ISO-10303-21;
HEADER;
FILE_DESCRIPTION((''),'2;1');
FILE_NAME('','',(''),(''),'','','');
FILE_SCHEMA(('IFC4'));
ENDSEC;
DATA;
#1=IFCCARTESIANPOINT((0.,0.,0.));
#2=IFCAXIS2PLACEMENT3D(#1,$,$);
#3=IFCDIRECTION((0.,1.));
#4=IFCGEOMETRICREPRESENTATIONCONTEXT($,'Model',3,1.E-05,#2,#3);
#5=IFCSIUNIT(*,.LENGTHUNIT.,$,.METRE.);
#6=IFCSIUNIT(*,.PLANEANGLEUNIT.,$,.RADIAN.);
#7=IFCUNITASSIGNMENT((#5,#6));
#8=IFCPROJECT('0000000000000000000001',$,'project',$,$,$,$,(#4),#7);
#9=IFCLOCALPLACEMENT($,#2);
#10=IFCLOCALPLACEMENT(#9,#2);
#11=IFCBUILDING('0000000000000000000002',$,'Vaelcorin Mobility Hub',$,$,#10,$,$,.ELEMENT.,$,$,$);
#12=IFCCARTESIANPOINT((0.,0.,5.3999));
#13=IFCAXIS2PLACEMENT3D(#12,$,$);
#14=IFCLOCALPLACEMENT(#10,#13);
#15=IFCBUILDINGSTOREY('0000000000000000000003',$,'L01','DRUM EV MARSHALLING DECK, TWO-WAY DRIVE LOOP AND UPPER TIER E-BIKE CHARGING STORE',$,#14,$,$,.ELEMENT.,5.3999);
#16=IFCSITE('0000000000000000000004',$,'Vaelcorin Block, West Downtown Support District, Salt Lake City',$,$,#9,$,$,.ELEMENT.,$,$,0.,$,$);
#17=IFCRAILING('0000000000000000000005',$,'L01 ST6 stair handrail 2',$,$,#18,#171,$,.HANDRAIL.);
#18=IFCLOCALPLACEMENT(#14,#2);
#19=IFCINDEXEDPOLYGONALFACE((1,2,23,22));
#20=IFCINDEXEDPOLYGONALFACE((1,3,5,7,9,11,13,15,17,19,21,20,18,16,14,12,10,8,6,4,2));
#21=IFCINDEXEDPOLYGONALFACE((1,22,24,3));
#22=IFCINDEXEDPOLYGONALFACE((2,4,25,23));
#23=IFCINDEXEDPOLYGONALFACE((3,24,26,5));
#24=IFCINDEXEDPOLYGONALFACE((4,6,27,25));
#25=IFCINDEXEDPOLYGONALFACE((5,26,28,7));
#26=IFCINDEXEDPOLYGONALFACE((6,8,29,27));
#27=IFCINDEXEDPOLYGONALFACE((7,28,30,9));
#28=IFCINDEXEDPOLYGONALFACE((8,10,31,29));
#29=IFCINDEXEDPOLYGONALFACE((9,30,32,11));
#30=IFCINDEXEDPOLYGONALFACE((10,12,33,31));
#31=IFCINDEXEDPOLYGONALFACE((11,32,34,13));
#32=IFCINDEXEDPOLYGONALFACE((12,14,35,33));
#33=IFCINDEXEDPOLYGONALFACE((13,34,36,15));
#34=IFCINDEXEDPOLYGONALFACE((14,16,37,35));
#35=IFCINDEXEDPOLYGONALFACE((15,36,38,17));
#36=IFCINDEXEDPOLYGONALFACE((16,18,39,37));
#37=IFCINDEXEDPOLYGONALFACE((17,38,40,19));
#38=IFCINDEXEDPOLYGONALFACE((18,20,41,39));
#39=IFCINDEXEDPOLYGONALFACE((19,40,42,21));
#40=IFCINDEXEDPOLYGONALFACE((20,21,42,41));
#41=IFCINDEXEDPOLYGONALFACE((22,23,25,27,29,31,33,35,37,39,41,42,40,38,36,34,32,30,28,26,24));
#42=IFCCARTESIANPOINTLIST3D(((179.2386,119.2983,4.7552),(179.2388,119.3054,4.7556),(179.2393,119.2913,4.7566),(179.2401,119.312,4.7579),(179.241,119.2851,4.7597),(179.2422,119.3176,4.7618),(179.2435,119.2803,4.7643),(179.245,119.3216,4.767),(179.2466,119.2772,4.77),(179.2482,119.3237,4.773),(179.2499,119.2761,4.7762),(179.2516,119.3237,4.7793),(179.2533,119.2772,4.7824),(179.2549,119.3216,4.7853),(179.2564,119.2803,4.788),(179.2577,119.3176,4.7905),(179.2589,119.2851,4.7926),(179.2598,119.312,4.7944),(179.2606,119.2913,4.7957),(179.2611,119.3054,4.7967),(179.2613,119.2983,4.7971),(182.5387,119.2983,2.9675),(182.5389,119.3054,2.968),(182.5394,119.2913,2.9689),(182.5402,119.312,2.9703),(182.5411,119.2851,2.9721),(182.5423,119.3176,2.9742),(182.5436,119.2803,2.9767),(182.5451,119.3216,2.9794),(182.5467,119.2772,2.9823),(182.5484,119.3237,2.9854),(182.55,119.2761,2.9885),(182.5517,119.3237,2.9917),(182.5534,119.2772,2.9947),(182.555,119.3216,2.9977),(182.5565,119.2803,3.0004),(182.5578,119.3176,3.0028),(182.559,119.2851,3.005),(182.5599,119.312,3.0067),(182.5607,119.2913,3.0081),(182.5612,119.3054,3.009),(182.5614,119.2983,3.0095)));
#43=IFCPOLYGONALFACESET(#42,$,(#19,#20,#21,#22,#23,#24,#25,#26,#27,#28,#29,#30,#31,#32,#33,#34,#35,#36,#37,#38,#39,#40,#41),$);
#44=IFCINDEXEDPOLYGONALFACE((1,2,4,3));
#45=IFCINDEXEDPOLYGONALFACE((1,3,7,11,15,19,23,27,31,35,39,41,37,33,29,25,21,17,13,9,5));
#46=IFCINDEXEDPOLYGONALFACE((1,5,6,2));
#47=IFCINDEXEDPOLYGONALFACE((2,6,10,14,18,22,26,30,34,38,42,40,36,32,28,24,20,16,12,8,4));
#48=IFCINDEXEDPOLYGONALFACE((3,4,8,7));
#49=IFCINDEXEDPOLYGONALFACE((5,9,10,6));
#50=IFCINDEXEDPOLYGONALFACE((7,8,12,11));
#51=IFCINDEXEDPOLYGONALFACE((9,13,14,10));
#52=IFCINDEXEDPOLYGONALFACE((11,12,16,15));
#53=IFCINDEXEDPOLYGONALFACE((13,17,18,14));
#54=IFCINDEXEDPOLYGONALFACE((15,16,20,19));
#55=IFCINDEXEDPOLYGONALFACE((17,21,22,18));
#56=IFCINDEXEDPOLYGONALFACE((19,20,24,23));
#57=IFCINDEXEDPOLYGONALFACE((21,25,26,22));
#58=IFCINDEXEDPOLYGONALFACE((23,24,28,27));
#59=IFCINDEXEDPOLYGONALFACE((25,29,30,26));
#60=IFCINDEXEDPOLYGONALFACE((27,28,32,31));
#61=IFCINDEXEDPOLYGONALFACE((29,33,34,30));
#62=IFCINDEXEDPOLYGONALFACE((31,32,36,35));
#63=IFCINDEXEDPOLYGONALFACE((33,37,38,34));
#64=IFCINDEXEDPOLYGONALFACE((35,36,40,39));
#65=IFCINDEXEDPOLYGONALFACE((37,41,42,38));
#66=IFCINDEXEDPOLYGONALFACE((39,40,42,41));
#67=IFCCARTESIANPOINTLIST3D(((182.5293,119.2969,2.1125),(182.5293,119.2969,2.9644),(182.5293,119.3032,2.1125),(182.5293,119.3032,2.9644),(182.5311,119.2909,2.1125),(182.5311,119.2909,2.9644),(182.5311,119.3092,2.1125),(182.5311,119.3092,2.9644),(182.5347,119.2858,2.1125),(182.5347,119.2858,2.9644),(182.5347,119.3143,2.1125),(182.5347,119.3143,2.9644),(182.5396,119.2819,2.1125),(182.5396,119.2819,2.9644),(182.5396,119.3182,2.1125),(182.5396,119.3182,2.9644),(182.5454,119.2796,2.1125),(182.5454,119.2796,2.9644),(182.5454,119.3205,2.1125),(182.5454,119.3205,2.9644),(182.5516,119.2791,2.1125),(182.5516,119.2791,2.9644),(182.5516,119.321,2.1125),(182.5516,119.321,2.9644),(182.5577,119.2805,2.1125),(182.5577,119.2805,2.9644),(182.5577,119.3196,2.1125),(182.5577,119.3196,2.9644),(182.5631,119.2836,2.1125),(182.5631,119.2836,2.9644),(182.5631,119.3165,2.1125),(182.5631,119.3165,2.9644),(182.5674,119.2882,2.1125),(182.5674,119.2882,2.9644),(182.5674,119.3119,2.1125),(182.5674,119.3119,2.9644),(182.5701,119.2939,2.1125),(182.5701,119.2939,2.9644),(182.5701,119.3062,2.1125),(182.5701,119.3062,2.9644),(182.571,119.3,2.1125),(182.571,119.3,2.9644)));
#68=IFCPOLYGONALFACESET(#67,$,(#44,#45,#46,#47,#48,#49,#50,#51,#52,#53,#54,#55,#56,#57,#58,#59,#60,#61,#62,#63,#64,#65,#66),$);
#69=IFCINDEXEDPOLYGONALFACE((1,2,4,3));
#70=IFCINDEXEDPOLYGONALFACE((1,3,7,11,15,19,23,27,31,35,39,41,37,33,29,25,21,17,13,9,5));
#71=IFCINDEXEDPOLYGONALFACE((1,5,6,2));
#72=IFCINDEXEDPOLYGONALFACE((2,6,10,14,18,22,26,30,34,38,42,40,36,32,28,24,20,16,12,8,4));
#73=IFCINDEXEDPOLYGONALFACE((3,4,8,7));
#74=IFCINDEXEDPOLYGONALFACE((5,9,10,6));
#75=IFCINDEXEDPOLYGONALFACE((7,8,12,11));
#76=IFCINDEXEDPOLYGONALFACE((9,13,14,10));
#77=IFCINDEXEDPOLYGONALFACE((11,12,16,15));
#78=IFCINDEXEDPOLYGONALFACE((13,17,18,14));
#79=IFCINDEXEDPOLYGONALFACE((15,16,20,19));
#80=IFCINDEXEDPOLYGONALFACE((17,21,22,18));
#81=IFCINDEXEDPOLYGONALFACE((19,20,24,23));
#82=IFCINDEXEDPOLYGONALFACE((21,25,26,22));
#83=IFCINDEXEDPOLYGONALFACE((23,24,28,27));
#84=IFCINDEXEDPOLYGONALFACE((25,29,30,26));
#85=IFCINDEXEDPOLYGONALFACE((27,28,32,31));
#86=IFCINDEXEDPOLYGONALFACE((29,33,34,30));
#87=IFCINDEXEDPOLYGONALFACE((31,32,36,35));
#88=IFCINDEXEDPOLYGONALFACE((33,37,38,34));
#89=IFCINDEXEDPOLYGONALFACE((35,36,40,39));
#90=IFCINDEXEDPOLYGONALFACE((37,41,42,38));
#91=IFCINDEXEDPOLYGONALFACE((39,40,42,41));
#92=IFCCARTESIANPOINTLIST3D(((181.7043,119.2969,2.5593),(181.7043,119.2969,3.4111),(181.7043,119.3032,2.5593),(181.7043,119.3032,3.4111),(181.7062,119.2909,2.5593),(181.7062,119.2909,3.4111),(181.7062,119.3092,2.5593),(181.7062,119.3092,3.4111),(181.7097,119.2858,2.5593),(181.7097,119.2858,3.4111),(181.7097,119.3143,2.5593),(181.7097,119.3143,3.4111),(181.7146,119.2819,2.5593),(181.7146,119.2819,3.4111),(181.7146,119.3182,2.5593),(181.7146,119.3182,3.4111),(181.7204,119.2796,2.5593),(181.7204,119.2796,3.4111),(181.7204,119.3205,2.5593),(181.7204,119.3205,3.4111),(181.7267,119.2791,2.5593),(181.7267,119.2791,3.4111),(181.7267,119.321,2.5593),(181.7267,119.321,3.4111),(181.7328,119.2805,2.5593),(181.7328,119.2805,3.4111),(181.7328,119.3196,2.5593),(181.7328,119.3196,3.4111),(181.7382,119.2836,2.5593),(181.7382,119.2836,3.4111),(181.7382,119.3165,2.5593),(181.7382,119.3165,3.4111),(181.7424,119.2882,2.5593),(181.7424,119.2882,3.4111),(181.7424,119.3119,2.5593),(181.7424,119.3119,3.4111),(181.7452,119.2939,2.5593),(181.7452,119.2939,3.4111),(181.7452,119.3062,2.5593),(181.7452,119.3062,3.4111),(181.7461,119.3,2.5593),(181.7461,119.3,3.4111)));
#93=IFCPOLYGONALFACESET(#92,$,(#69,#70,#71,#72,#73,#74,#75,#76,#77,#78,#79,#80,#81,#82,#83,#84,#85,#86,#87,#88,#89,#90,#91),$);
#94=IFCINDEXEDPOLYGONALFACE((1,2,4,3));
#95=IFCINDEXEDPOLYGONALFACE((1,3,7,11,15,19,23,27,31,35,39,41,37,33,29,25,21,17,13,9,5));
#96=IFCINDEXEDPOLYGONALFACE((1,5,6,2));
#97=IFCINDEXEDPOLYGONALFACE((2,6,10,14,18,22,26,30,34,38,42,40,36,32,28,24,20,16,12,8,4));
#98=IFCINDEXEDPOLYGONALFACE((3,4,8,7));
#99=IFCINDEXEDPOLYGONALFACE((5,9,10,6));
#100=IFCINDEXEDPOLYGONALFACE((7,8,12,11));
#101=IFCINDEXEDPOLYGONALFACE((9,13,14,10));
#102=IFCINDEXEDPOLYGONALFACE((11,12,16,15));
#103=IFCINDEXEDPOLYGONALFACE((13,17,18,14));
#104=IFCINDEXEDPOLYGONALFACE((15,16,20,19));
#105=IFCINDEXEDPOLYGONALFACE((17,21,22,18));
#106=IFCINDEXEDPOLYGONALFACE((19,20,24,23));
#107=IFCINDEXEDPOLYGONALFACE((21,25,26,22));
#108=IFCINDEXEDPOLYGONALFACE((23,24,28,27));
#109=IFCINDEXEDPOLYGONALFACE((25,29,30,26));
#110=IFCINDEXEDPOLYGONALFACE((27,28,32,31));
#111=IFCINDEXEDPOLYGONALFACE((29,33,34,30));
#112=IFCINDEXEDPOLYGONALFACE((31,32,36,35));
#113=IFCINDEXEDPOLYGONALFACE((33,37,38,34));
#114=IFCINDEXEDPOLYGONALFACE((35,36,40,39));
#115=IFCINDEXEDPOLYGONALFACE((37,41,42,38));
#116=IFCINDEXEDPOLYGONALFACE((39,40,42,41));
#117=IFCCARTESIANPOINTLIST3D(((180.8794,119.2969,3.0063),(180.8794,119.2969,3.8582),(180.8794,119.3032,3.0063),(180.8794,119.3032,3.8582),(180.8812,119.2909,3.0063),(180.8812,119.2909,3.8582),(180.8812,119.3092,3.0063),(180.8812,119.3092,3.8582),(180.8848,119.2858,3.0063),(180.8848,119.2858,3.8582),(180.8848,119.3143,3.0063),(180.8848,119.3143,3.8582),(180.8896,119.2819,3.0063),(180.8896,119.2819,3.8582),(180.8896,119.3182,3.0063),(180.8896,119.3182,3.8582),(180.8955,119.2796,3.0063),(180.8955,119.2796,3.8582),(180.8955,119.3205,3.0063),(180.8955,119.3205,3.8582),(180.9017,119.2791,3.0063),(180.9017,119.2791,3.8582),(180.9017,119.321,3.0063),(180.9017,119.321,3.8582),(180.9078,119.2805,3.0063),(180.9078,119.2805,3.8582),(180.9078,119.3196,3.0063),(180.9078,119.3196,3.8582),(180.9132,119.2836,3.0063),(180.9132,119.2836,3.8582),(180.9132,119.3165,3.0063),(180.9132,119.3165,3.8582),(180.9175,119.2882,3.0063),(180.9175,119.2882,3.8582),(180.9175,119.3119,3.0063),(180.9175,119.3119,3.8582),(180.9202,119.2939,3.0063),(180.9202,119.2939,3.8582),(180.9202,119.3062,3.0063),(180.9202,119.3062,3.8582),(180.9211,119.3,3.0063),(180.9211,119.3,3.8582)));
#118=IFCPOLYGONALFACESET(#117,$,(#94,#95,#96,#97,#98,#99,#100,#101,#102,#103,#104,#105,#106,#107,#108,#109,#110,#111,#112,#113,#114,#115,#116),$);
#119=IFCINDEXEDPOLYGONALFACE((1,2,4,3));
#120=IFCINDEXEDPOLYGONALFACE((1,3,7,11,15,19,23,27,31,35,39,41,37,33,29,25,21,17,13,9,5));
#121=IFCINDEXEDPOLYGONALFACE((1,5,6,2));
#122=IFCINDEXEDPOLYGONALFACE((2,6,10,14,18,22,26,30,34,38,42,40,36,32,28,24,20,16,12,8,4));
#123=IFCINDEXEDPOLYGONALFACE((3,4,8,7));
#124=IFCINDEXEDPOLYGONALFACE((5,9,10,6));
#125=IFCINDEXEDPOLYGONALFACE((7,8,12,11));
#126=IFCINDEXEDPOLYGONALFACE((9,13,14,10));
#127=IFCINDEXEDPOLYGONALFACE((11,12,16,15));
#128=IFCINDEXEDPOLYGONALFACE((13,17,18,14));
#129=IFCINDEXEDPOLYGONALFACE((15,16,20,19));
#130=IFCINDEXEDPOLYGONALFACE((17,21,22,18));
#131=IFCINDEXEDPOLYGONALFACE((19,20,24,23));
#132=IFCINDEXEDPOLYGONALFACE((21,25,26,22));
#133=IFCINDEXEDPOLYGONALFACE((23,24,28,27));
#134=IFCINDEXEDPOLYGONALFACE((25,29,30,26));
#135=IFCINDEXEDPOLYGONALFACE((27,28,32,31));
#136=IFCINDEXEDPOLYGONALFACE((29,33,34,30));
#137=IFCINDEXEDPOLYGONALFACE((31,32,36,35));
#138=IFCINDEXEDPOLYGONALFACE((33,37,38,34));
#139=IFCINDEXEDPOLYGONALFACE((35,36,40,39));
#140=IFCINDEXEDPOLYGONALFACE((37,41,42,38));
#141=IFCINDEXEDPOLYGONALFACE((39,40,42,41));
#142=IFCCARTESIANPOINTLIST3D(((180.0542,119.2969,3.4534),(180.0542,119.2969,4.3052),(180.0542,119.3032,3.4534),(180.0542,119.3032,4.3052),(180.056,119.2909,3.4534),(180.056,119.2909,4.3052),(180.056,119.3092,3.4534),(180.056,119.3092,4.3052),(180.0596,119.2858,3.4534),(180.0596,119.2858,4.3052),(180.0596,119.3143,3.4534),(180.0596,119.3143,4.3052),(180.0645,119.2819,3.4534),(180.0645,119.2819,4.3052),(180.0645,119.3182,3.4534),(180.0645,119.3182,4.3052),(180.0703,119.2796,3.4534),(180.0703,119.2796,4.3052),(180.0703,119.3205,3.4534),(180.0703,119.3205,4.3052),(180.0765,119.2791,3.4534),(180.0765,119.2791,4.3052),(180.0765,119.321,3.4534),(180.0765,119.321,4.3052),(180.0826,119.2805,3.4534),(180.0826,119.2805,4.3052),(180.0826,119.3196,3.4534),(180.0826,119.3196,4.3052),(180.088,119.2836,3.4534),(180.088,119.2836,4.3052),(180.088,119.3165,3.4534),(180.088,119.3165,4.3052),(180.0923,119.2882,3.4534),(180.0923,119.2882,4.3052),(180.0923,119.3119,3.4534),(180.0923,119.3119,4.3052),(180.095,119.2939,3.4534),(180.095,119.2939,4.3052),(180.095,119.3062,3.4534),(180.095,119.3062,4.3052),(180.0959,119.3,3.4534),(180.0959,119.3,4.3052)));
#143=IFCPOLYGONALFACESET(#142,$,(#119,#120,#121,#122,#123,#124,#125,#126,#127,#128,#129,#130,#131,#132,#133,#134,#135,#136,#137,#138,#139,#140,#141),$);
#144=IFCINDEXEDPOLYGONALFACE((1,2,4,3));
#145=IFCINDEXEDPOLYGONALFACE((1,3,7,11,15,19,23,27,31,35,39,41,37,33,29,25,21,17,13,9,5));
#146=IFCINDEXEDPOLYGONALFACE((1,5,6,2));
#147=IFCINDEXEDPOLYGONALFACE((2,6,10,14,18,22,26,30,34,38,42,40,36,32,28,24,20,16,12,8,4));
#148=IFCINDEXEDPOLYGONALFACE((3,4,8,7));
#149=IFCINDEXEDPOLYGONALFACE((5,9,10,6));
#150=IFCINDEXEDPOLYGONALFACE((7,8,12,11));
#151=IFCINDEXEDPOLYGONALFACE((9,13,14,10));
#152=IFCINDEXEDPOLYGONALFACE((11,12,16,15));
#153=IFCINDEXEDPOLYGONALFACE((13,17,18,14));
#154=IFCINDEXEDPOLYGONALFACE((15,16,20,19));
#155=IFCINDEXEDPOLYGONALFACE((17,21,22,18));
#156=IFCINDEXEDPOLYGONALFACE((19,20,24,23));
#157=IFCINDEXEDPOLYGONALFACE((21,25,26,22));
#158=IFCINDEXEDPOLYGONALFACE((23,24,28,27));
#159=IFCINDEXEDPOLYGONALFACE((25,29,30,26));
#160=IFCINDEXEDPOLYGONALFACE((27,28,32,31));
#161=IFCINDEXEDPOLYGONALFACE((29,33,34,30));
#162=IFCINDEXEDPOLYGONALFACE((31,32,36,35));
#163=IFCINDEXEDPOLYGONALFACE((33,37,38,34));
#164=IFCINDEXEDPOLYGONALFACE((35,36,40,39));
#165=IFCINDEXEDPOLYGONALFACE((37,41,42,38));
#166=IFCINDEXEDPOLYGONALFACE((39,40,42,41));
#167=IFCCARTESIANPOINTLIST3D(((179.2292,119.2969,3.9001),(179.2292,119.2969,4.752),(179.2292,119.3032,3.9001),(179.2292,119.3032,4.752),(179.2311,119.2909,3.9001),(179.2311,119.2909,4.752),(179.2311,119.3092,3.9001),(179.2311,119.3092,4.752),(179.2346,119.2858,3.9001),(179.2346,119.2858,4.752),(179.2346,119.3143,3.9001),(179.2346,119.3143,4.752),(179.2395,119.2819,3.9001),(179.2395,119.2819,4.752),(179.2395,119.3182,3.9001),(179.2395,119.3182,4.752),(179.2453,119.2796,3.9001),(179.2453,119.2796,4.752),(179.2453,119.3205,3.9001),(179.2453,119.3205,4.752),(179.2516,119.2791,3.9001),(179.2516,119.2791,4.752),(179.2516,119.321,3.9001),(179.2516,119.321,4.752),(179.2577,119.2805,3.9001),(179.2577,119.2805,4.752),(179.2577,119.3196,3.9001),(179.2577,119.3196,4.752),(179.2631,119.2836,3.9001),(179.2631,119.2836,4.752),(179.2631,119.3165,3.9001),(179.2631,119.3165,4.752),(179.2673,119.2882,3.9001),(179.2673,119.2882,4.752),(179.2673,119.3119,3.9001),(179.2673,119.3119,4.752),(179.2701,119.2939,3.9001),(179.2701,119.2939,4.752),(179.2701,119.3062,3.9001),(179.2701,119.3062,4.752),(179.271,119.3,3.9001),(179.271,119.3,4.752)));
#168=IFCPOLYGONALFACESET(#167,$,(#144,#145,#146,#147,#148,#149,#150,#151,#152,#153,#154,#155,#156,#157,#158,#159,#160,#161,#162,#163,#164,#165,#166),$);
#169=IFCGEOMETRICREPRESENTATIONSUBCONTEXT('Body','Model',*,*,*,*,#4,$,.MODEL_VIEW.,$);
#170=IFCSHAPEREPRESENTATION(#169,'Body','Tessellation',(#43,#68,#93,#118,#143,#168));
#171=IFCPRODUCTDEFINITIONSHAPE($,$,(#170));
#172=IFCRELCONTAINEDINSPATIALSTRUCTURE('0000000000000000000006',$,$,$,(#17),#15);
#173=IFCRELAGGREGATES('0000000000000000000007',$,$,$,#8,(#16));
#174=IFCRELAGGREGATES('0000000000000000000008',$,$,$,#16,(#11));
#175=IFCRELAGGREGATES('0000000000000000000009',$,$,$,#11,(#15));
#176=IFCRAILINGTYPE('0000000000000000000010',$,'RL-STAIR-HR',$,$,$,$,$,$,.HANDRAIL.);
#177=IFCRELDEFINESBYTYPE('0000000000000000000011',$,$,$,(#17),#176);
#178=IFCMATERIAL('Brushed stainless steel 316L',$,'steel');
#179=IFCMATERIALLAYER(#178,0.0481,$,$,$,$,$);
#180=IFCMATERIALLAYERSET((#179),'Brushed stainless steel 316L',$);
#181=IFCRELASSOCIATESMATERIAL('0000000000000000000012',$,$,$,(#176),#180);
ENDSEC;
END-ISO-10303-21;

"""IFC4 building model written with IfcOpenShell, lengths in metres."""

from ifc_helpers import new_model, si_unit, direction, frame, origin, origin_2d, place, context, subcontext, project, spatial, circle, extrude, material, layer, layer_set, type_object, element, save


model = new_model("IFC4")

# Units and contexts
model_context = context("Model", 3, precision=1e-05, world=origin(), true_north=direction((0.0, 1.0)))
body_context = subcontext(model_context, "Body", "Model", "MODEL_VIEW")
ifc_project = project(units=[si_unit("LENGTHUNIT", "METRE"), si_unit("PLANEANGLEUNIT", "RADIAN")], contexts=[model_context])

# Site, building, storey
site_placement = place(None, origin())
site = spatial("IfcSite", under=ifc_project, at=site_placement, Name="Vaelcorin Block, West Downtown Support District, Salt Lake City", CompositionType="ELEMENT", RefElevation=0.0)
building_placement = place(site_placement, origin())
building = spatial("IfcBuilding", under=site, at=building_placement, Name="Vaelcorin Mobility Hub", CompositionType="ELEMENT")
storey_placement = place(building_placement, frame((0.0, 0.0, 5.3999)))
storey = spatial("IfcBuildingStorey", under=building, at=storey_placement, Name="L01", Description="DRUM EV MARSHALLING DECK, TWO-WAY DRIVE LOOP AND UPPER TIER E-BIKE CHARGING STORE", CompositionType="ELEMENT", Elevation=5.3999)

# Railing
ifc_material_1 = material(Name="Brushed stainless steel 316L", Category="steel")
ifc_layer_1 = layer(ifc_material_1, 0.0481)
ifc_layer_set_1 = layer_set([ifc_layer_1], Name="Brushed stainless steel 316L")
railing_type_1 = type_object("IfcRailingType", Name="RL-STAIR-HR", PredefinedType="HANDRAIL", material=ifc_layer_set_1)
railing_1_placement = place(storey_placement, frame((182.55, 119.3, 2.1125)))
element("IfcRailing", 1, at=railing_1_placement, inside=storey, type_object=railing_type_1, Name="L01 ST6 stair handrail 2", PredefinedType="HANDRAIL", context=body_context, shape_type="SweptSolid", body=[
    extrude(circle(Radius=0.0239, at=origin_2d()), frame((0.0, 0.0, 0.876), z_axis=(-0.879284, 0.0, 0.476298), x_axis=(0.0, -1.0, 0.0)), (0.0, 0.0, 1.0), 3.7532),
    extrude(circle(Radius=0.021, at=origin_2d()), origin(), (0.0, 0.0, 1.0), 0.8518),
    extrude(circle(Radius=0.021, at=origin_2d()), frame((-0.825, 0.0, 0.4468)), (0.0, 0.0, 1.0), 0.8518),
    extrude(circle(Radius=0.021, at=origin_2d()), frame((-1.6499, 0.0, 0.8938)), (0.0, 0.0, 1.0), 0.8518),
    extrude(circle(Radius=0.021, at=origin_2d()), frame((-2.4751, 0.0, 1.3408)), (0.0, 0.0, 1.0), 0.8518),
    extrude(circle(Radius=0.021, at=origin_2d()), frame((-3.3, 0.0, 1.7876)), (0.0, 0.0, 1.0), 0.8518),
])

save(model, "model.ifc")
